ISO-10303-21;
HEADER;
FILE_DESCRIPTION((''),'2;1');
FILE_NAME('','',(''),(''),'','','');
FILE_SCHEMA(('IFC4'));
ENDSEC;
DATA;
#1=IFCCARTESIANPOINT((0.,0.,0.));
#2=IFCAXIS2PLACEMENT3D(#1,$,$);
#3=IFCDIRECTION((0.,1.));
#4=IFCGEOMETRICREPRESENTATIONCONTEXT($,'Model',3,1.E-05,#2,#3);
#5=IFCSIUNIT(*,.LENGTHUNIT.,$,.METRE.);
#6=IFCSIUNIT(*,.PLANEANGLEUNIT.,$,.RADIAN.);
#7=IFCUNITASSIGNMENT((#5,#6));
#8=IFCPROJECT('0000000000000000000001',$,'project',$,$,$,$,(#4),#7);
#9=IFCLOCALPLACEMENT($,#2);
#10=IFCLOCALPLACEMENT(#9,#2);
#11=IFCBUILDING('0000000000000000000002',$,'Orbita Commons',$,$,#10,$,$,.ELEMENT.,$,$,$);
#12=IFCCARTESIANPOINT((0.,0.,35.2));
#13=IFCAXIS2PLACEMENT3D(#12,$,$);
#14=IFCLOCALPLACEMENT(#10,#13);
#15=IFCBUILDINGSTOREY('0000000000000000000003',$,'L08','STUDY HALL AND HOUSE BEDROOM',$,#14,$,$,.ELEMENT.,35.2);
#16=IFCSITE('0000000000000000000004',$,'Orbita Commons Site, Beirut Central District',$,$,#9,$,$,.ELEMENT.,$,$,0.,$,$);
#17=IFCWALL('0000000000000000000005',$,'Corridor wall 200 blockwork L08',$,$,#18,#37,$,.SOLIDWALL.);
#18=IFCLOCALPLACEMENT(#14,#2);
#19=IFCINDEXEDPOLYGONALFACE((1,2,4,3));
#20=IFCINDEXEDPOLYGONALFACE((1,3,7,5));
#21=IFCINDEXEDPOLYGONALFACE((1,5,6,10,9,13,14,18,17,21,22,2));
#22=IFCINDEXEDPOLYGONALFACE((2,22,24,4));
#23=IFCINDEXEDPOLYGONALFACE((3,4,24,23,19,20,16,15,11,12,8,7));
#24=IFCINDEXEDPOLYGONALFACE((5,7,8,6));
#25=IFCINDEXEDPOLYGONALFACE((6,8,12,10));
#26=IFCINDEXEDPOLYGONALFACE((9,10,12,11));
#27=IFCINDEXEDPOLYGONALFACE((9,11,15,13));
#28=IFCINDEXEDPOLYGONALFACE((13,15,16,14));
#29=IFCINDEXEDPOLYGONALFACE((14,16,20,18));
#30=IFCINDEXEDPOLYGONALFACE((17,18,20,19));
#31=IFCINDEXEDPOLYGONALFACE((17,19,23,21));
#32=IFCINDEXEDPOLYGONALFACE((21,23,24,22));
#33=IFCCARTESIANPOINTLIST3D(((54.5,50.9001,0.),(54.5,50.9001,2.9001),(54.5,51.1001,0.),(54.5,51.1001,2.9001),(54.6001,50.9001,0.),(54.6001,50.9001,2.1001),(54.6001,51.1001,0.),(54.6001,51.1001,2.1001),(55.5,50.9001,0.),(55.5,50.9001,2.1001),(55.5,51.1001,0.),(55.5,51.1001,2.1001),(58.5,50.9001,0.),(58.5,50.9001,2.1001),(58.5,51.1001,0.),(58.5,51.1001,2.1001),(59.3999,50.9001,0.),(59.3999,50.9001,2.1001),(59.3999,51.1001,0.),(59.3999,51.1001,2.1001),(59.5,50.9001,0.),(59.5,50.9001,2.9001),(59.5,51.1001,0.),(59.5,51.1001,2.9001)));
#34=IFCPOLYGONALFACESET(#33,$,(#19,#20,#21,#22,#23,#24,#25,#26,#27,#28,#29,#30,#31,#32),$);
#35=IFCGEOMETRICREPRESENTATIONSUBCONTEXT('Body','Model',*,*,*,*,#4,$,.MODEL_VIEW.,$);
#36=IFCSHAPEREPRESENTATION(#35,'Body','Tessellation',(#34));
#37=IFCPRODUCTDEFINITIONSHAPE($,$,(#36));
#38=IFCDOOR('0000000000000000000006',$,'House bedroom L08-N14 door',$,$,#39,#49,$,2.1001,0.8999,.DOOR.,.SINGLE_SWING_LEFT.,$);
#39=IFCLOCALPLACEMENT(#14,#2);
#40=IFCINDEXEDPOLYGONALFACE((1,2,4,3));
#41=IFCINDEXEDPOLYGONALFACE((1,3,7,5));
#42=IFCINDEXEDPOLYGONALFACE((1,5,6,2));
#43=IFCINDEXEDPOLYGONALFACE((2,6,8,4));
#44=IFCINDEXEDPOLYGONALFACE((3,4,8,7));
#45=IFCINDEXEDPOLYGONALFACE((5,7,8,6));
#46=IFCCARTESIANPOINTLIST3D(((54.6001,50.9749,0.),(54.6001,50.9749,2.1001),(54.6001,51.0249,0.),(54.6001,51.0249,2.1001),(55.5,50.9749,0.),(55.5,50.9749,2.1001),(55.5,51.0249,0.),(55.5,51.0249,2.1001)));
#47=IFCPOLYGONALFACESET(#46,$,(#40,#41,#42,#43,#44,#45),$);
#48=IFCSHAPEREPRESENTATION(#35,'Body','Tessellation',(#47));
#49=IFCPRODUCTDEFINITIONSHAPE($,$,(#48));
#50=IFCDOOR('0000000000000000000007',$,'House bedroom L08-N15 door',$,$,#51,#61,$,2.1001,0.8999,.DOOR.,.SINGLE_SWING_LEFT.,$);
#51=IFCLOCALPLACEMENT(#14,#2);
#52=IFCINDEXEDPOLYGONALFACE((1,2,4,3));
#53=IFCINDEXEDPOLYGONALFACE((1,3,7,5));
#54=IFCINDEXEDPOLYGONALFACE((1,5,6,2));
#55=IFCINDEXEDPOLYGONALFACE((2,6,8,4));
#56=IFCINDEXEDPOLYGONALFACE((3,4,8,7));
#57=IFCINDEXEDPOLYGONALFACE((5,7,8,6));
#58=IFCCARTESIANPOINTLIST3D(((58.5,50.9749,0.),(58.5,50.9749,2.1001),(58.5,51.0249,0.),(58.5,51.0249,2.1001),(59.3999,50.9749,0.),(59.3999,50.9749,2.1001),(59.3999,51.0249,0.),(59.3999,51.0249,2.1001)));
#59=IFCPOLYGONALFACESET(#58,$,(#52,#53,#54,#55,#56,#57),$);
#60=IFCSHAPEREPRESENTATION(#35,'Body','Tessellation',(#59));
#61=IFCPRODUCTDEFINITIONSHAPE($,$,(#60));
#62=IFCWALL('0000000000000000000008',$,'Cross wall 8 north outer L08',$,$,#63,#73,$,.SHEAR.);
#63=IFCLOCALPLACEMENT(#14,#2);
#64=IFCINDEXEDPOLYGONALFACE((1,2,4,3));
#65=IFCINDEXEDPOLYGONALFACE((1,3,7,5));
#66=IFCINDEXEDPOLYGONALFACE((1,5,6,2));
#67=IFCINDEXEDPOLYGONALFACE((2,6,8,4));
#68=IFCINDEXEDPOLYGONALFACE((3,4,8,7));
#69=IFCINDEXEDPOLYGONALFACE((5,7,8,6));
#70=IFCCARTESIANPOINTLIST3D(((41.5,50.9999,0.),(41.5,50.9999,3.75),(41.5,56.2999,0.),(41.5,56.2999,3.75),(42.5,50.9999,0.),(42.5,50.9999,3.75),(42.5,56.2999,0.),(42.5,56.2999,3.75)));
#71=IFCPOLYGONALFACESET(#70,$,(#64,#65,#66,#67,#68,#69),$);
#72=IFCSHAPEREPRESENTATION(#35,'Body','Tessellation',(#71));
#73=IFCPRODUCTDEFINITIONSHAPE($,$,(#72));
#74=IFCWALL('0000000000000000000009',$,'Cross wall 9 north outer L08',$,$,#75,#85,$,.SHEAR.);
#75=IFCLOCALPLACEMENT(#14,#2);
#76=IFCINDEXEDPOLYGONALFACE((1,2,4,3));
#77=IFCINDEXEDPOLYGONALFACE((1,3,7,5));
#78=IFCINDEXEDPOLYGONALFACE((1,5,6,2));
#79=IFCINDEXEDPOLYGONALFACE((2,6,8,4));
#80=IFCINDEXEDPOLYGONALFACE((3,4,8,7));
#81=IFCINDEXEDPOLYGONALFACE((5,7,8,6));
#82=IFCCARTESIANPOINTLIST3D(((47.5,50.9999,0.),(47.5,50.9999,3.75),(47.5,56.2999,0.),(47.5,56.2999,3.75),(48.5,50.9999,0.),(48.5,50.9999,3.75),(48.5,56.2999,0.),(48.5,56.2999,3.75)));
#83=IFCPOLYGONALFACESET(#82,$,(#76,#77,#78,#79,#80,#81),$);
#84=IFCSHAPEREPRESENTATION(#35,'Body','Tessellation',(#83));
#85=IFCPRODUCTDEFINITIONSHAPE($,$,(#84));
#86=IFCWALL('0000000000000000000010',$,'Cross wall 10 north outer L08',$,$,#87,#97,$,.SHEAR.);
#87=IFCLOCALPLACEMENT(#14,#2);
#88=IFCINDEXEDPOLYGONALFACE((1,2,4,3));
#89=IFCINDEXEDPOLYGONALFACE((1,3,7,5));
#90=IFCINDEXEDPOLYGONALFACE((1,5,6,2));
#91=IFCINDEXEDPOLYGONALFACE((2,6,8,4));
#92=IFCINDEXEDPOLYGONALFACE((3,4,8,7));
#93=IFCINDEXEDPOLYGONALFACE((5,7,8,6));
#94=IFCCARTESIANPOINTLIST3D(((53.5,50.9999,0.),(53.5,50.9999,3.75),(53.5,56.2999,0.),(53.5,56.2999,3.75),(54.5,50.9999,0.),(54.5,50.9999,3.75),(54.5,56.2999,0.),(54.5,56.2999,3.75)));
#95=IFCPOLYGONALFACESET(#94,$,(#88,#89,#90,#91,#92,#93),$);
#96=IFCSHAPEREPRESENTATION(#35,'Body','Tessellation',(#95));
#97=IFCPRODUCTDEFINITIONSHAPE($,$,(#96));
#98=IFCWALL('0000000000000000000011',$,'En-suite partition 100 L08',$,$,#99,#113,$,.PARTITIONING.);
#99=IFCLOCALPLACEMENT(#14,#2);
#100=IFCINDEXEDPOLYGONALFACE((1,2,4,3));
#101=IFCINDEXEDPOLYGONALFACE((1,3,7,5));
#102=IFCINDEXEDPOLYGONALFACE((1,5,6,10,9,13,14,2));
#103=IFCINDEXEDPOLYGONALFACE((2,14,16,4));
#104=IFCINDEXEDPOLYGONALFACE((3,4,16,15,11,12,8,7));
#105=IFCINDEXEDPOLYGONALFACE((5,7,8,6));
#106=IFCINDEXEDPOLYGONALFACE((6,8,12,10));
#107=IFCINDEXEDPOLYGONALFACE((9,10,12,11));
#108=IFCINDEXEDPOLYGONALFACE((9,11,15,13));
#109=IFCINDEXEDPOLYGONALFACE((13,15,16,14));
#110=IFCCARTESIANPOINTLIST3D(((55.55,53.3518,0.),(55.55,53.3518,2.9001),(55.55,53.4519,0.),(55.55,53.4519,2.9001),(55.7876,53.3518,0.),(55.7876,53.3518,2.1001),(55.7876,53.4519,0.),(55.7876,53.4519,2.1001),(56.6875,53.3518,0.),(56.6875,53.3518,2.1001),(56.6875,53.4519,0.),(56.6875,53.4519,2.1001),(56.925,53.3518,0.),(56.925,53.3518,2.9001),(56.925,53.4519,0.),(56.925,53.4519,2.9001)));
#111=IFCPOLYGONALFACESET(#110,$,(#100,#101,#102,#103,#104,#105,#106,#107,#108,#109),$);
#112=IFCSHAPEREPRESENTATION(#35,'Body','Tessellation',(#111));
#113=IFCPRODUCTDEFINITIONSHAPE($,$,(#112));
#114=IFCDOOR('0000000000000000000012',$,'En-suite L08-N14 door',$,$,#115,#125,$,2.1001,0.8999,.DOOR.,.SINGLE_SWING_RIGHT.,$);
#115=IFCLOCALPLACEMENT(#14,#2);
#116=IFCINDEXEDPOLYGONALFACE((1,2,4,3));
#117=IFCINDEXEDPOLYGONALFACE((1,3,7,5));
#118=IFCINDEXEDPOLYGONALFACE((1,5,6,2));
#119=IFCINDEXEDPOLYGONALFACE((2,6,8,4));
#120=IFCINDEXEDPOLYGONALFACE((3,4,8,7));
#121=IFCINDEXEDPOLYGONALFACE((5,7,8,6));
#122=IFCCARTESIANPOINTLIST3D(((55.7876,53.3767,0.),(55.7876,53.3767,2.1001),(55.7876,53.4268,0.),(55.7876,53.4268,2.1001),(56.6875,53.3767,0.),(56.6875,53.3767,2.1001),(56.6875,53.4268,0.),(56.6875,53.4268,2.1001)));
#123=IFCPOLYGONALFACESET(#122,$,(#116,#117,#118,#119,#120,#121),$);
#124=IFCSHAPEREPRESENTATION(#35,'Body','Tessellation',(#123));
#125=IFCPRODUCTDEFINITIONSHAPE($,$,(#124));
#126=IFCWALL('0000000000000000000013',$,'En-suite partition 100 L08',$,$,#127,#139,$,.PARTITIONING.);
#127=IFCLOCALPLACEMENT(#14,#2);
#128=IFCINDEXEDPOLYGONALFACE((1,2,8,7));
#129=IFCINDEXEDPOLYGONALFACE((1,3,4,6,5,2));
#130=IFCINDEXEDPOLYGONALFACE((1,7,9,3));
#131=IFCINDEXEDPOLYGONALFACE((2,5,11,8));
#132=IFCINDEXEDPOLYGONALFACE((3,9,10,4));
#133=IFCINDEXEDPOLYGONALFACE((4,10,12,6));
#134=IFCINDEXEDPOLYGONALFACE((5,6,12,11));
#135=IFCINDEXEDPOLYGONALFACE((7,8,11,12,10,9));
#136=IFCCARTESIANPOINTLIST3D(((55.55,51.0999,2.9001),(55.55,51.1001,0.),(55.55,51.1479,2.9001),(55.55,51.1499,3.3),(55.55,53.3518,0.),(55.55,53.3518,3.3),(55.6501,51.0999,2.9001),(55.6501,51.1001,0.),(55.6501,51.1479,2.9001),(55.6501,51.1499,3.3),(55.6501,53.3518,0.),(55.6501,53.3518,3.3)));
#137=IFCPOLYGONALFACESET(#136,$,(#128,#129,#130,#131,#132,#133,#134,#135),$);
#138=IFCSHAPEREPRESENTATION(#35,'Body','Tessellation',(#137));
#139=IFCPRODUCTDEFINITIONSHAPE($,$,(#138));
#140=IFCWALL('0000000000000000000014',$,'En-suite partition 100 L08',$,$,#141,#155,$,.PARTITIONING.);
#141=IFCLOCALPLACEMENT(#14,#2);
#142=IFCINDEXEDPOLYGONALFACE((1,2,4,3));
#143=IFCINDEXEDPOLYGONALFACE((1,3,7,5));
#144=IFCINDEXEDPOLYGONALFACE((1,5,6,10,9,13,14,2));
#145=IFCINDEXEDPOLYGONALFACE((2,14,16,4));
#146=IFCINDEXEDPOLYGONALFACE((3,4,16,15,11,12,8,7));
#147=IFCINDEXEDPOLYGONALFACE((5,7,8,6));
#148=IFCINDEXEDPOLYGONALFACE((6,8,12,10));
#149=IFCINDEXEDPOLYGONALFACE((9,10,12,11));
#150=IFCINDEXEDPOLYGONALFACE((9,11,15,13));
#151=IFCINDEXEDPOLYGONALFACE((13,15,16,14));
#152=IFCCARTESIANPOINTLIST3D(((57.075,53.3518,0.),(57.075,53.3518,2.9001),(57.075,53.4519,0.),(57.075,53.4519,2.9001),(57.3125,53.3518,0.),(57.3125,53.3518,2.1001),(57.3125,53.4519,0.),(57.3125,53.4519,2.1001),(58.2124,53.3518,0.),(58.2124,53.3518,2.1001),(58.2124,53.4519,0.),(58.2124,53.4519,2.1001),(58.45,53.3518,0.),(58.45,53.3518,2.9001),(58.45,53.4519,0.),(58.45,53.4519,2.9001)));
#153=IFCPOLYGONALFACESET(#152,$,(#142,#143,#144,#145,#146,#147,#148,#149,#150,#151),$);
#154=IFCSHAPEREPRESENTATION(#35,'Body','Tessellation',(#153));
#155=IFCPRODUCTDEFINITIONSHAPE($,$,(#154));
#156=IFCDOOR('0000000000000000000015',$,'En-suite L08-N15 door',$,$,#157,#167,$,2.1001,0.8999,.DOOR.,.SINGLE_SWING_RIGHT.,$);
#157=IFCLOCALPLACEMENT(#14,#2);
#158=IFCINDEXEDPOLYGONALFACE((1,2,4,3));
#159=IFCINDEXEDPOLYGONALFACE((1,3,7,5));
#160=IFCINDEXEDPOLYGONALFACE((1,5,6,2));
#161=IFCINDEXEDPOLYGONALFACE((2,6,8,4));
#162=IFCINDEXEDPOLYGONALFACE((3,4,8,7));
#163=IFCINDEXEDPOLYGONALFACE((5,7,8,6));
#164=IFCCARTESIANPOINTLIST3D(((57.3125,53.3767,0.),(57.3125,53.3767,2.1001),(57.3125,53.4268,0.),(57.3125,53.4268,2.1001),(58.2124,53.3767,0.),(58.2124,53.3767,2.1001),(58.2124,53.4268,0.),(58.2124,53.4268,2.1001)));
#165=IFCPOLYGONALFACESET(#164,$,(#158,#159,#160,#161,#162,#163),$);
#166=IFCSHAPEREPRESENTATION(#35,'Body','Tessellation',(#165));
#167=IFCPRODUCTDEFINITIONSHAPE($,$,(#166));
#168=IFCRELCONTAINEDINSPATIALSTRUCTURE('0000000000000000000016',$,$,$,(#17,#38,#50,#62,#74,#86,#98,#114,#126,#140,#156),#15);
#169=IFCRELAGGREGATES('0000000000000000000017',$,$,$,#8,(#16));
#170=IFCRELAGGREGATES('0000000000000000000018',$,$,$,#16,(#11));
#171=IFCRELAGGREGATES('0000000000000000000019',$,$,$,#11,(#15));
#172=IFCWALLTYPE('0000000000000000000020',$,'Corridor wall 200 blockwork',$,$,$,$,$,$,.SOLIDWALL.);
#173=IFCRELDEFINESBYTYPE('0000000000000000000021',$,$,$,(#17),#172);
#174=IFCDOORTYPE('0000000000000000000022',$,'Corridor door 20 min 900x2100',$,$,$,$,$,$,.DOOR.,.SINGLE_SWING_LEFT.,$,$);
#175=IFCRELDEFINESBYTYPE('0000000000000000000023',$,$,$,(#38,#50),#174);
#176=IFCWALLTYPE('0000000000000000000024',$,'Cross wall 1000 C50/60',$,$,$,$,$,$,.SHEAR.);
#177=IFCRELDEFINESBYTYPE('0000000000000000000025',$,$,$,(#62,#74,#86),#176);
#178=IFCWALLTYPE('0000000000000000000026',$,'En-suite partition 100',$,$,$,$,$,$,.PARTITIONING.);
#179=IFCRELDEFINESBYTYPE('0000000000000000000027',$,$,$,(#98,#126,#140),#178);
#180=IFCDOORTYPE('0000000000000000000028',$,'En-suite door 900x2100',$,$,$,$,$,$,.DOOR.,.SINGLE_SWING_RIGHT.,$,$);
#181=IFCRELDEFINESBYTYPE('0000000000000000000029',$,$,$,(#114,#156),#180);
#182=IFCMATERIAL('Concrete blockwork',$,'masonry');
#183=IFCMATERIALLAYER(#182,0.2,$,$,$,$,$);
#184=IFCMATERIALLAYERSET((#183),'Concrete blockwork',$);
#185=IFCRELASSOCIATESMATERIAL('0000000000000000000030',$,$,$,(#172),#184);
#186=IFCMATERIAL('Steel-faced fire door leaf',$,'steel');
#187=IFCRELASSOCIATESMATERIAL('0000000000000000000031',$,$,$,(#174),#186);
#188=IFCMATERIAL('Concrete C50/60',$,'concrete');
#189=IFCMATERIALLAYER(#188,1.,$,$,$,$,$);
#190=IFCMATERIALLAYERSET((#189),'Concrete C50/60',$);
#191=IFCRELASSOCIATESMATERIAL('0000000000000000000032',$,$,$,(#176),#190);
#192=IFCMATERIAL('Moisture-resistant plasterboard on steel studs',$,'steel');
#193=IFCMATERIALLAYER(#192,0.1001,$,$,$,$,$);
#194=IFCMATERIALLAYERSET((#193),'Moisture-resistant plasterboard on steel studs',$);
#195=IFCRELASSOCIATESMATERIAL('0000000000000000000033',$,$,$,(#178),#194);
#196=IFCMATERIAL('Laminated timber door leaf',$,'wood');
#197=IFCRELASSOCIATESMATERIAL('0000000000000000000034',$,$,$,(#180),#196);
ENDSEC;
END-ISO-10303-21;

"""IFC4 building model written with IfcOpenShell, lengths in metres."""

from ifc_helpers import new_model, si_unit, direction, frame, frame_2d, origin, place, context, subcontext, project, spatial, polyline, rectangle, outline, extrude, material, layer, layer_set, type_object, element, fill, save


model = new_model("IFC4")

# Units and contexts
model_context = context("Model", 3, precision=1e-05, world=origin(), true_north=direction((0.0, 1.0)))
body_context = subcontext(model_context, "Body", "Model", "MODEL_VIEW")
ifc_project = project(units=[si_unit("LENGTHUNIT", "METRE"), si_unit("PLANEANGLEUNIT", "RADIAN")], contexts=[model_context])

# Site, building, storey
site_placement = place(None, origin())
site = spatial("IfcSite", under=ifc_project, at=site_placement, Name="Orbita Commons Site, Beirut Central District", CompositionType="ELEMENT", RefElevation=0.0)
building_placement = place(site_placement, origin())
building = spatial("IfcBuilding", under=site, at=building_placement, Name="Orbita Commons", CompositionType="ELEMENT")
storey_placement = place(building_placement, frame((0.0, 0.0, 35.2)))
storey = spatial("IfcBuildingStorey", under=building, at=storey_placement, Name="L08", Description="STUDY HALL AND HOUSE BEDROOM", CompositionType="ELEMENT", Elevation=35.2)

# Shared definitions
ifc_material_1 = material(Name="Concrete blockwork", Category="masonry")
ifc_layer_1 = layer(ifc_material_1, 0.2)
ifc_layer_set_1 = layer_set([ifc_layer_1], Name="Concrete blockwork")
wall_type_1 = type_object("IfcWallType", Name="Corridor wall 200 blockwork", PredefinedType="SOLIDWALL", material=ifc_layer_set_1)

# Wall, openings, doors
wall_1_placement = place(storey_placement, frame((54.5, 51.0, 0.0), z_axis=(0.0, 0.0, 1.0), x_axis=(1.0, 0.0, 0.0)))
wall_1 = element("IfcWall", 1, at=wall_1_placement, inside=storey, type_object=wall_type_1, Name="Corridor wall 200 blockwork L08", PredefinedType="SOLIDWALL", context=body_context, shape_type="SweptSolid", body=[
    extrude(outline(polyline([(0.0, 0.0), (5.0, 0.0), (5.0, 2.9001), (0.0, 2.9001), (0.0, 0.0)])), frame((0.0, 0.1001, 0.0), z_axis=(0.0, -1.0, 0.0), x_axis=(1.0, 0.0, 0.0)), (0.0, 0.0, 1.0), 0.2),
])
opening_1_placement = place(wall_1_placement, frame((0.1001, 0.0, 0.0)))
opening_1 = element("IfcOpeningElement", 2, at=opening_1_placement, cuts=wall_1, PredefinedType="OPENING", context=body_context, shape_type="SweptSolid", body=[
    extrude(rectangle(XDim=0.8999, YDim=2.1001, at=frame_2d((0.45, 1.05))), frame((0.0, 0.1099, 0.0), z_axis=(0.0, -1.0, 0.0), x_axis=(1.0, 0.0, 0.0)), (0.0, 0.0, 1.0), 0.22),
])
opening_2_placement = place(wall_1_placement, frame((4.0, 0.0, 0.0)))
opening_2 = element("IfcOpeningElement", 3, at=opening_2_placement, cuts=wall_1, PredefinedType="OPENING", context=body_context, shape_type="SweptSolid", body=[
    extrude(rectangle(XDim=0.8999, YDim=2.1001, at=frame_2d((0.45, 1.05))), frame((0.0, 0.1099, 0.0), z_axis=(0.0, -1.0, 0.0), x_axis=(1.0, 0.0, 0.0)), (0.0, 0.0, 1.0), 0.22),
])
ifc_material_2 = material(Name="Steel-faced fire door leaf", Category="steel")
door_type_1 = type_object("IfcDoorType", Name="Corridor door 20 min 900x2100", OperationType="SINGLE_SWING_LEFT", PredefinedType="DOOR", material=ifc_material_2)
door_1_placement = place(opening_1_placement, origin())
door_1 = element("IfcDoor", 4, at=door_1_placement, inside=storey, type_object=door_type_1, Name="House bedroom L08-N14 door", OperationType="SINGLE_SWING_LEFT", OverallHeight=2.1001, OverallWidth=0.8999, PredefinedType="DOOR", context=body_context, shape_type="SweptSolid", body=[
    extrude(rectangle(XDim=0.8999, YDim=2.1001, at=frame_2d((0.45, 1.05))), frame((0.0, 0.0249, 0.0), z_axis=(0.0, -1.0, 0.0), x_axis=(1.0, 0.0, 0.0)), (0.0, 0.0, 1.0), 0.05),
])
fill(opening_1, door_1)
door_2_placement = place(opening_2_placement, origin())
door_2 = element("IfcDoor", 5, at=door_2_placement, inside=storey, type_object=door_type_1, Name="House bedroom L08-N15 door", OperationType="SINGLE_SWING_LEFT", OverallHeight=2.1001, OverallWidth=0.8999, PredefinedType="DOOR", context=body_context, shape_type="SweptSolid", body=[
    extrude(rectangle(XDim=0.8999, YDim=2.1001, at=frame_2d((0.45, 1.05))), frame((0.0, 0.0249, 0.0), z_axis=(0.0, -1.0, 0.0), x_axis=(1.0, 0.0, 0.0)), (0.0, 0.0, 1.0), 0.05),
])
fill(opening_2, door_2)

# Walls
ifc_material_3 = material(Name="Concrete C50/60", Category="concrete")
ifc_layer_2 = layer(ifc_material_3, 1.0)
ifc_layer_set_2 = layer_set([ifc_layer_2], Name="Concrete C50/60")
wall_type_2 = type_object("IfcWallType", Name="Cross wall 1000 C50/60", PredefinedType="SHEAR", material=ifc_layer_set_2)
for number, where, z_axis, x_axis, name in (
    (6, (42.0, 51.0, 0.0), (0.0, 0.0, 1.0), (0.0, 1.0, 0.0), "Cross wall 8 north outer L08"),
    (7, (48.0, 51.0, 0.0), (0.0, 0.0, 1.0), (0.0, 1.0, 0.0), "Cross wall 9 north outer L08"),
    (8, (54.0, 51.0, 0.0), (0.0, 0.0, 1.0), (0.0, 1.0, 0.0), "Cross wall 10 north outer L08"),
):
    element("IfcWall", number, at=place(storey_placement, frame(where, z_axis=z_axis, x_axis=x_axis)), inside=storey, type_object=wall_type_2, Name=name, PredefinedType="SHEAR", context=body_context, shape_type="SweptSolid", body=[
        extrude(rectangle(XDim=5.3, YDim=1.0, at=frame_2d((2.6499, 0.0))), origin(), (0.0, 0.0, 1.0), 3.75),
    ])

# Wall, opening, door
ifc_material_4 = material(Name="Moisture-resistant plasterboard on steel studs", Category="steel")
ifc_layer_3 = layer(ifc_material_4, 0.1001)
ifc_layer_set_3 = layer_set([ifc_layer_3], Name="Moisture-resistant plasterboard on steel studs")
wall_type_3 = type_object("IfcWallType", Name="En-suite partition 100", PredefinedType="PARTITIONING", material=ifc_layer_set_3)
wall_2_placement = place(storey_placement, frame((55.55, 53.4019, 0.0), z_axis=(0.0, 0.0, 1.0), x_axis=(1.0, 0.0, 0.0)))
wall_2 = element("IfcWall", 9, at=wall_2_placement, inside=storey, type_object=wall_type_3, Name="En-suite partition 100 L08", PredefinedType="PARTITIONING", context=body_context, shape_type="SweptSolid", body=[
    extrude(outline(polyline([(0.0, 0.0), (1.375, 0.0), (1.375, 2.9001), (0.0, 2.9001), (0.0, 0.0)])), frame((0.0, 0.05, 0.0), z_axis=(0.0, -1.0, 0.0), x_axis=(1.0, 0.0, 0.0)), (0.0, 0.0, 1.0), 0.1001),
])
opening_3_placement = place(wall_2_placement, frame((0.2375, 0.0, 0.0)))
opening_3 = element("IfcOpeningElement", 10, at=opening_3_placement, cuts=wall_2, PredefinedType="OPENING", context=body_context, shape_type="SweptSolid", body=[
    extrude(rectangle(XDim=0.8999, YDim=2.1001, at=frame_2d((0.45, 1.05))), frame((0.0, 0.0601, 0.0), z_axis=(0.0, -1.0, 0.0), x_axis=(1.0, 0.0, 0.0)), (0.0, 0.0, 1.0), 0.1201),
])
ifc_material_5 = material(Name="Laminated timber door leaf", Category="wood")
door_type_2 = type_object("IfcDoorType", Name="En-suite door 900x2100", OperationType="SINGLE_SWING_RIGHT", PredefinedType="DOOR", material=ifc_material_5)
door_3_placement = place(opening_3_placement, origin())
door_3 = element("IfcDoor", 11, at=door_3_placement, inside=storey, type_object=door_type_2, Name="En-suite L08-N14 door", OperationType="SINGLE_SWING_RIGHT", OverallHeight=2.1001, OverallWidth=0.8999, PredefinedType="DOOR", context=body_context, shape_type="SweptSolid", body=[
    extrude(rectangle(XDim=0.8999, YDim=2.1001, at=frame_2d((0.45, 1.05))), frame((0.0, 0.0249, 0.0), z_axis=(0.0, -1.0, 0.0), x_axis=(1.0, 0.0, 0.0)), (0.0, 0.0, 1.0), 0.05),
])
fill(opening_3, door_3)

# Wall
wall_3_placement = place(storey_placement, frame((55.6001, 53.3518, 0.0), z_axis=(0.0, 0.0, 1.0), x_axis=(0.0, -1.0, 0.0)))
element("IfcWall", 12, at=wall_3_placement, inside=storey, type_object=wall_type_3, Name="En-suite partition 100 L08", PredefinedType="PARTITIONING", context=body_context, shape_type="SweptSolid", body=[
    extrude(outline(polyline([(0.0, 0.0), (2.2517, 0.0), (2.252, 2.9001), (2.2039, 2.9001), (2.2019, 3.3), (0.0, 3.3), (0.0, 0.0)])), frame((0.0, 0.05, 0.0), z_axis=(0.0, -1.0, 0.0), x_axis=(1.0, 0.0, 0.0)), (0.0, 0.0, 1.0), 0.1001),
])

# Wall, opening, door
wall_4_placement = place(storey_placement, frame((57.075, 53.4019, 0.0), z_axis=(0.0, 0.0, 1.0), x_axis=(1.0, 0.0, 0.0)))
wall_4 = element("IfcWall", 13, at=wall_4_placement, inside=storey, type_object=wall_type_3, Name="En-suite partition 100 L08", PredefinedType="PARTITIONING", context=body_context, shape_type="SweptSolid", body=[
    extrude(outline(polyline([(0.0, 0.0), (1.375, 0.0), (1.375, 2.9001), (0.0, 2.9001), (0.0, 0.0)])), frame((0.0, 0.05, 0.0), z_axis=(0.0, -1.0, 0.0), x_axis=(1.0, 0.0, 0.0)), (0.0, 0.0, 1.0), 0.1001),
])
opening_4_placement = place(wall_4_placement, frame((0.2375, 0.0, 0.0)))
opening_4 = element("IfcOpeningElement", 14, at=opening_4_placement, cuts=wall_4, PredefinedType="OPENING", context=body_context, shape_type="SweptSolid", body=[
    extrude(rectangle(XDim=0.8999, YDim=2.1001, at=frame_2d((0.45, 1.05))), frame((0.0, 0.0601, 0.0), z_axis=(0.0, -1.0, 0.0), x_axis=(1.0, 0.0, 0.0)), (0.0, 0.0, 1.0), 0.1201),
])
door_4_placement = place(opening_4_placement, origin())
door_4 = element("IfcDoor", 15, at=door_4_placement, inside=storey, type_object=door_type_2, Name="En-suite L08-N15 door", OperationType="SINGLE_SWING_RIGHT", OverallHeight=2.1001, OverallWidth=0.8999, PredefinedType="DOOR", context=body_context, shape_type="SweptSolid", body=[
    extrude(rectangle(XDim=0.8999, YDim=2.1001, at=frame_2d((0.45, 1.05))), frame((0.0, 0.0249, 0.0), z_axis=(0.0, -1.0, 0.0), x_axis=(1.0, 0.0, 0.0)), (0.0, 0.0, 1.0), 0.05),
])
fill(opening_4, door_4)

save(model, "model.ifc")
